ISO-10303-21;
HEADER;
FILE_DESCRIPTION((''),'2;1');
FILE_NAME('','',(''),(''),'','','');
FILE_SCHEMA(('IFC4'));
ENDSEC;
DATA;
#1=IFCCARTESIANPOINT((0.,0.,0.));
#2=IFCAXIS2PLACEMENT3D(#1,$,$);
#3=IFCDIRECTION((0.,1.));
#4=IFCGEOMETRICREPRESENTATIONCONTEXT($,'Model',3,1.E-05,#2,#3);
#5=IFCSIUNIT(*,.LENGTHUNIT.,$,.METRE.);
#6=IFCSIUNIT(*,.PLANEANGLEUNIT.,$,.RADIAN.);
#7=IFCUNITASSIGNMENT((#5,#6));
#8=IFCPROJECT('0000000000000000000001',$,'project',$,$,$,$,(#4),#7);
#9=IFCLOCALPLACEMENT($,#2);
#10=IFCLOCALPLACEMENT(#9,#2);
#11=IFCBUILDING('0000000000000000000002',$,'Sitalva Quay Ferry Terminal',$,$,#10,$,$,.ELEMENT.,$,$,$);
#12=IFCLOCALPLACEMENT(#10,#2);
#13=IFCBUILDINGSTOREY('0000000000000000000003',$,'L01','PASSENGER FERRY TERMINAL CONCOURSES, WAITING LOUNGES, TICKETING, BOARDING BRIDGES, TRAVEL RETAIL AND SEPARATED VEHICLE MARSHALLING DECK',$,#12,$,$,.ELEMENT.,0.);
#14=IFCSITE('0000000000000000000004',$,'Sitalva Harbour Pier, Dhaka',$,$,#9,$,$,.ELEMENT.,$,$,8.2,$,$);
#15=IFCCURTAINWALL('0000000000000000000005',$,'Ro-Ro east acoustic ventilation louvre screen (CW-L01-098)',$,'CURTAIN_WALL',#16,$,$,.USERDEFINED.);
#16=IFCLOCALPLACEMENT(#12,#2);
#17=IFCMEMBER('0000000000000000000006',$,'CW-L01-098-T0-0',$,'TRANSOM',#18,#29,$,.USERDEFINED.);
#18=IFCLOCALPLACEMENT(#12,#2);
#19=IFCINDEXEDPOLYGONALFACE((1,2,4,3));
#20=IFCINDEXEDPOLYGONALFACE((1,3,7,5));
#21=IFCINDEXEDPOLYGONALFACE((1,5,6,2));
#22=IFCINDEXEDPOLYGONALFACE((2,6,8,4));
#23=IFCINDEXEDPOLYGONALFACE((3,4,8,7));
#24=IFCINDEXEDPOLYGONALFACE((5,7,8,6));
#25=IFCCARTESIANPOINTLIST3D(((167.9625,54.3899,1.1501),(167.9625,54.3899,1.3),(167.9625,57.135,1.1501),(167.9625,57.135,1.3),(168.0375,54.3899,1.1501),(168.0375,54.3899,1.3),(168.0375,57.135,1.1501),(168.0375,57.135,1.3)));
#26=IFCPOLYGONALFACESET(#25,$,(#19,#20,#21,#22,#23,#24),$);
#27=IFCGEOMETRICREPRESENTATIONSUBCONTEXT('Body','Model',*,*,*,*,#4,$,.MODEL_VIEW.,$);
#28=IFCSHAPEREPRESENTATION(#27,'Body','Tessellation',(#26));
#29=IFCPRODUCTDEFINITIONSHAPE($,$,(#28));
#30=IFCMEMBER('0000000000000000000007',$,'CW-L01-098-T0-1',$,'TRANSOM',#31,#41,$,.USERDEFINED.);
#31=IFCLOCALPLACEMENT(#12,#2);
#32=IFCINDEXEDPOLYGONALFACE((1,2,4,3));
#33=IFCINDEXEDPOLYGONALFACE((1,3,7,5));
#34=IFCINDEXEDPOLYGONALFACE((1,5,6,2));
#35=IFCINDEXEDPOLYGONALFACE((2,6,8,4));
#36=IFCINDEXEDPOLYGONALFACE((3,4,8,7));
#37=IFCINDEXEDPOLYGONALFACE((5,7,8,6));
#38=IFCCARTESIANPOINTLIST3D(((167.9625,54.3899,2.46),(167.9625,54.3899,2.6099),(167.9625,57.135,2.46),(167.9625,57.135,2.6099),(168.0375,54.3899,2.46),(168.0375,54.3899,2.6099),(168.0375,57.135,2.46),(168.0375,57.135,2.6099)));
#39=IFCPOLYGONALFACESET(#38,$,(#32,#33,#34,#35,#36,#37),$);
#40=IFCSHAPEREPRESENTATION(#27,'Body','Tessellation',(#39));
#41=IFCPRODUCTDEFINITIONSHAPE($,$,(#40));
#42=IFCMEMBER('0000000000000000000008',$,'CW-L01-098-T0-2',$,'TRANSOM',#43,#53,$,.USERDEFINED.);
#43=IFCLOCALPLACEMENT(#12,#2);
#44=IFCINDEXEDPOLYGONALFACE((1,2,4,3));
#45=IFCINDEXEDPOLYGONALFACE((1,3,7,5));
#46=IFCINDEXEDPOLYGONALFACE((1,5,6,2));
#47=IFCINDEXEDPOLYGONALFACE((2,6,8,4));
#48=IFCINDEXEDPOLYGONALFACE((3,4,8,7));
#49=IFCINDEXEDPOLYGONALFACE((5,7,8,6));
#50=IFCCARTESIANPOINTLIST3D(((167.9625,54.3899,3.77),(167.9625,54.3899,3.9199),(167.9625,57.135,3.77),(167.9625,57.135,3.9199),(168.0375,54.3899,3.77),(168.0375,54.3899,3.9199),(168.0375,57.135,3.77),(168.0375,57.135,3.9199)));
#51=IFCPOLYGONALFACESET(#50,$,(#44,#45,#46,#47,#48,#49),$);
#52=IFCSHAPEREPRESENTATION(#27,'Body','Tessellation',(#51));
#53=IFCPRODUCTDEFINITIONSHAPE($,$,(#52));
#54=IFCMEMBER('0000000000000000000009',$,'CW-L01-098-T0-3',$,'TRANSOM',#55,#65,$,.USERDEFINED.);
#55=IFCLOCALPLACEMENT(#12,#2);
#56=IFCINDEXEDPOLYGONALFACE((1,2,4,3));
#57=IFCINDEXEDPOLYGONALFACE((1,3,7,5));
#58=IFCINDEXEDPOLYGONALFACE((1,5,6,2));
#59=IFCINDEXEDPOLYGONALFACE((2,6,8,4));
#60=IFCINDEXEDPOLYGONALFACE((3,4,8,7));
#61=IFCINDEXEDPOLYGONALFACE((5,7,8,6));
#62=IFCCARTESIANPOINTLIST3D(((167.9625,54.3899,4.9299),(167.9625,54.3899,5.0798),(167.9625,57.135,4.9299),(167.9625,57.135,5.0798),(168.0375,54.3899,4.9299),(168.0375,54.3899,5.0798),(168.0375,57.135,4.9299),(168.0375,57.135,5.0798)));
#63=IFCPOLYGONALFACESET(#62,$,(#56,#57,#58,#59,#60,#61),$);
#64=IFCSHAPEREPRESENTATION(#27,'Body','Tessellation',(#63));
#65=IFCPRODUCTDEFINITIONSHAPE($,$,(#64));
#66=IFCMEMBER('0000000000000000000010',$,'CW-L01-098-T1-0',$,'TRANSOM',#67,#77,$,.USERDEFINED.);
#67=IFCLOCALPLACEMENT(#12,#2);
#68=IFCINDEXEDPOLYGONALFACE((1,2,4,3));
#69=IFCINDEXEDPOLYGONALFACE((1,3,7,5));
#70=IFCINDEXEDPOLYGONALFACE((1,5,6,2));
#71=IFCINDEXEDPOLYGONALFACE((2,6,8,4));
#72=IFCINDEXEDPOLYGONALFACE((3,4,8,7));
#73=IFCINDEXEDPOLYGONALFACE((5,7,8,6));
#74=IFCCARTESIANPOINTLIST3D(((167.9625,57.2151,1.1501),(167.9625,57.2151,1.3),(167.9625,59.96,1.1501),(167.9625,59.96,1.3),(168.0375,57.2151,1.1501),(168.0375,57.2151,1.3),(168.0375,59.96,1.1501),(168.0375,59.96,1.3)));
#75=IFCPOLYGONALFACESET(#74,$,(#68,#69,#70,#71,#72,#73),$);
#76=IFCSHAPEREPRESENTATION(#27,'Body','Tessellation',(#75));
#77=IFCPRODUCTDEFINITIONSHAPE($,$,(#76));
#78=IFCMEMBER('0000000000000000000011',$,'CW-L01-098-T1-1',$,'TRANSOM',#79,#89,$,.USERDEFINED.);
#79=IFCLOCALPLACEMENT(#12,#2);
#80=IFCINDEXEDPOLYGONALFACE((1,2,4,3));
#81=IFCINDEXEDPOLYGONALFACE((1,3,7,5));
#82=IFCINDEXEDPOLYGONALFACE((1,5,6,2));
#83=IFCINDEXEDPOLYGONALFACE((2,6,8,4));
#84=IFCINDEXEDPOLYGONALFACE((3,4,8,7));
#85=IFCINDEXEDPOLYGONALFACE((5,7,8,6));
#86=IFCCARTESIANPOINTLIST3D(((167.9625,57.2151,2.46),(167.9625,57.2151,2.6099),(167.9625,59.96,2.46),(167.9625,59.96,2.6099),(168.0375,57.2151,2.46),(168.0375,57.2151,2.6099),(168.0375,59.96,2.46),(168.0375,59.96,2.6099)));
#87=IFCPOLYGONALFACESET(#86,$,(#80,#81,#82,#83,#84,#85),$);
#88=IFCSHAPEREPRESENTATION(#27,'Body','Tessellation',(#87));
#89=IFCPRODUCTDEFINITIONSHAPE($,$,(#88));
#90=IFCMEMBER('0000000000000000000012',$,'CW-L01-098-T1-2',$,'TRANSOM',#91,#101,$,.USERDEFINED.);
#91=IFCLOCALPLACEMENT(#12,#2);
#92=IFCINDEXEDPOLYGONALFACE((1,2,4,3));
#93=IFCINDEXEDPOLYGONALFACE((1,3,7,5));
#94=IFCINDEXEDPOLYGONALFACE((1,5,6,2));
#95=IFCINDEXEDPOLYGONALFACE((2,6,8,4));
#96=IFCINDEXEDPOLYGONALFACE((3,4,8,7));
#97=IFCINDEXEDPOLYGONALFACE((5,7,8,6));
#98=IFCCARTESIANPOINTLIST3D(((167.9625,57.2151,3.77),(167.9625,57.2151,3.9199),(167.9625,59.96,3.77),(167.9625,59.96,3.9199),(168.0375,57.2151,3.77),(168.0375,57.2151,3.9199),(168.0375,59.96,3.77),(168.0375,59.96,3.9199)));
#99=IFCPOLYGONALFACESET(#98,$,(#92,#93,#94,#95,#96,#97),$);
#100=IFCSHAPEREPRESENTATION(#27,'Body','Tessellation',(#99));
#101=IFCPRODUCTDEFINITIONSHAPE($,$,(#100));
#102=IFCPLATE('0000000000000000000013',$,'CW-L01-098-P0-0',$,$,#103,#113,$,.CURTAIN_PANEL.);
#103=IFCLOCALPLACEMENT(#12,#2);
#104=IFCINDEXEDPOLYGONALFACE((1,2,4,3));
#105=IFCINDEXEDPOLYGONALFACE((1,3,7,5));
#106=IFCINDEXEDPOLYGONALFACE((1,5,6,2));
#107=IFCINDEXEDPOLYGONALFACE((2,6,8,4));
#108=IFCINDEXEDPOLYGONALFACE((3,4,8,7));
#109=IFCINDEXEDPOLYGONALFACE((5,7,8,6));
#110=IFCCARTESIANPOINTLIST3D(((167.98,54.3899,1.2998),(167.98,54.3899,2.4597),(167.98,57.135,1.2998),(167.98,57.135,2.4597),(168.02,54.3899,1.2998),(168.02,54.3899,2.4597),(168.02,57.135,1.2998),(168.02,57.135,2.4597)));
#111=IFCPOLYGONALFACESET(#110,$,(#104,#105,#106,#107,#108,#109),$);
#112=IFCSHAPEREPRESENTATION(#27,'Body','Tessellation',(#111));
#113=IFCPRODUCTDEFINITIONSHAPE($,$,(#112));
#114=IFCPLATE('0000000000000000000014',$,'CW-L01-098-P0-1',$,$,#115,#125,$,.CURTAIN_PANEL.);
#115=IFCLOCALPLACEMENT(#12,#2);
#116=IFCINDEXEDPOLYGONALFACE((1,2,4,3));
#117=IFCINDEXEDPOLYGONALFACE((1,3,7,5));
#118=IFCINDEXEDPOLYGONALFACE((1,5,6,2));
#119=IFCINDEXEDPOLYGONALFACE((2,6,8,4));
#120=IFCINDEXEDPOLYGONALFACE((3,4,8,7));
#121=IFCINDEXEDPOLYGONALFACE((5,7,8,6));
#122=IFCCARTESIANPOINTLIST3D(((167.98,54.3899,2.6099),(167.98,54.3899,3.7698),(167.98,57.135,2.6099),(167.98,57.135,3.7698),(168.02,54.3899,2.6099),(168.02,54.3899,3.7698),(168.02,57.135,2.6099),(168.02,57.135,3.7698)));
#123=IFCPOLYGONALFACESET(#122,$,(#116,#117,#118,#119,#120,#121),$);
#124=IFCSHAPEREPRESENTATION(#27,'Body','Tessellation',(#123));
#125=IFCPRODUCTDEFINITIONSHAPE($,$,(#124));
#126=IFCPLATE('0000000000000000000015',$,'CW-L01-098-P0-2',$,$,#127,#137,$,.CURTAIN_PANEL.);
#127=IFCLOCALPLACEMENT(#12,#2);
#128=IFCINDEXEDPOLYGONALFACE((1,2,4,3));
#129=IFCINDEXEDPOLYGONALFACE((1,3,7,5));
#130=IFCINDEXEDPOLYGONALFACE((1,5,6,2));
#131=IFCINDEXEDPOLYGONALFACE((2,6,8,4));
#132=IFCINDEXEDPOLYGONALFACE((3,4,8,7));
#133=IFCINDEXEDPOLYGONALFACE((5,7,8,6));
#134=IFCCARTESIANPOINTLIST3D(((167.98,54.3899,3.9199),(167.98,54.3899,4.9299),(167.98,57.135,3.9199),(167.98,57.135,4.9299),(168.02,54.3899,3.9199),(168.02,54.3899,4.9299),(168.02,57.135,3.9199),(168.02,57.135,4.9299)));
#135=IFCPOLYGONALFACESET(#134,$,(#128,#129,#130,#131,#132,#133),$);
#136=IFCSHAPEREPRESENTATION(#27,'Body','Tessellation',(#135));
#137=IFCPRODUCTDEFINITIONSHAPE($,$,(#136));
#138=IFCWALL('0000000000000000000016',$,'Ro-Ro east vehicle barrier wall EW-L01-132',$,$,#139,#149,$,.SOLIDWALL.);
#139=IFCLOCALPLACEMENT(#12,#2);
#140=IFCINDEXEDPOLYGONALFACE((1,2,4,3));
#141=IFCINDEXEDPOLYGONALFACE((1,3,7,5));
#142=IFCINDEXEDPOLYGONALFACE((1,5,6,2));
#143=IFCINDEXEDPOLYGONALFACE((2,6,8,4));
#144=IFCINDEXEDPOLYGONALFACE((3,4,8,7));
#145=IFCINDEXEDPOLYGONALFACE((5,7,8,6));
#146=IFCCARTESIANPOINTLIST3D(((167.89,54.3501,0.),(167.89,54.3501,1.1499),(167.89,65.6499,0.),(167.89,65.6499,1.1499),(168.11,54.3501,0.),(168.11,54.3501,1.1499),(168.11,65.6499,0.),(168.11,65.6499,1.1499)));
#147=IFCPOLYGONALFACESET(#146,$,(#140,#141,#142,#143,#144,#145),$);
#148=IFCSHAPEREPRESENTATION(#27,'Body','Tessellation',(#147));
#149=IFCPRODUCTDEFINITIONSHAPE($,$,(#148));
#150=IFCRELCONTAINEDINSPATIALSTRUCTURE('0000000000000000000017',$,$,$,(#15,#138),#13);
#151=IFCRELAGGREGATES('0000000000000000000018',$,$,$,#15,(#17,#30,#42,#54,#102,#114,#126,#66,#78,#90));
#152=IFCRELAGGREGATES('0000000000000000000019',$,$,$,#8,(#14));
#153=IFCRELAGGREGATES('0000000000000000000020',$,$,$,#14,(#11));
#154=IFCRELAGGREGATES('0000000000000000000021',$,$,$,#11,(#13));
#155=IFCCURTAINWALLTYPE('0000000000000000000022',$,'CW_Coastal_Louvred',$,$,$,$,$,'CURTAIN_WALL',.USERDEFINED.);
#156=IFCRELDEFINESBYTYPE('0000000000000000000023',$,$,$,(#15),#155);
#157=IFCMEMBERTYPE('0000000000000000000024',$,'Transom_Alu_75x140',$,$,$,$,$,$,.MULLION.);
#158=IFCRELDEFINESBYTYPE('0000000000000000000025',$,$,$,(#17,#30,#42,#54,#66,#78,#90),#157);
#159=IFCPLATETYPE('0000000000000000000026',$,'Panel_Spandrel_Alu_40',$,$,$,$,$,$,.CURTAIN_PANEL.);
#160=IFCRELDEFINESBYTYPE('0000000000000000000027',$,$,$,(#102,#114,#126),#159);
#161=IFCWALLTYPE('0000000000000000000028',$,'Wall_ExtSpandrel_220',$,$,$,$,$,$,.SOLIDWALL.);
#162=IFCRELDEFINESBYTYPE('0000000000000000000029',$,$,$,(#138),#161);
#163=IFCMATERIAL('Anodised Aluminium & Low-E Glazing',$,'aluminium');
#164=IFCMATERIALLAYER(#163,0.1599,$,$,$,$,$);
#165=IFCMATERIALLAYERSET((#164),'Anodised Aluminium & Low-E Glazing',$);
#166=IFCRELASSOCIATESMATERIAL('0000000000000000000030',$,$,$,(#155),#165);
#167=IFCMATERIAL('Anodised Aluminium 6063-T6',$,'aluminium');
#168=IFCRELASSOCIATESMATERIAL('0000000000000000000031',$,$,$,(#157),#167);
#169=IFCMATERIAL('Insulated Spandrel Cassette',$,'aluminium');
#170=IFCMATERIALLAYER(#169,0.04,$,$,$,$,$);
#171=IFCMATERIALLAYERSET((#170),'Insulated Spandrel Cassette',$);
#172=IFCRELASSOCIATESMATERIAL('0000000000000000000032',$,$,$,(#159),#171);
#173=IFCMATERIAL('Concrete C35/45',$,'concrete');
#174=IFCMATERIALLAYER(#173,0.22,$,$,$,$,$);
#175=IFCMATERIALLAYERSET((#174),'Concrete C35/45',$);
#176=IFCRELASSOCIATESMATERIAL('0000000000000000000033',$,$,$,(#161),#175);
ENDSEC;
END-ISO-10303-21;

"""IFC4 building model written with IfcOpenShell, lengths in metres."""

from ifc_helpers import new_model, si_unit, direction, frame, frame_2d, origin, origin_2d, place, context, subcontext, project, spatial, rectangle, extrude, material, layer, layer_set, material_profile, profile_set, type_object, element, aggregate, save


model = new_model("IFC4")

# Units and contexts
model_context = context("Model", 3, precision=1e-05, world=origin(), true_north=direction((0.0, 1.0)))
body_context = subcontext(model_context, "Body", "Model", "MODEL_VIEW")
ifc_project = project(units=[si_unit("LENGTHUNIT", "METRE"), si_unit("PLANEANGLEUNIT", "RADIAN")], contexts=[model_context])

# Site, building, storey
site_placement = place(None, origin())
site = spatial("IfcSite", under=ifc_project, at=site_placement, Name="Sitalva Harbour Pier, Dhaka", CompositionType="ELEMENT", RefElevation=8.2)
building_placement = place(site_placement, origin())
building = spatial("IfcBuilding", under=site, at=building_placement, Name="Sitalva Quay Ferry Terminal", CompositionType="ELEMENT")
storey_placement = place(building_placement, origin())
storey = spatial("IfcBuildingStorey", under=building, at=storey_placement, Name="L01", Description="PASSENGER FERRY TERMINAL CONCOURSES, WAITING LOUNGES, TICKETING, BOARDING BRIDGES, TRAVEL RETAIL AND SEPARATED VEHICLE MARSHALLING DECK", CompositionType="ELEMENT", Elevation=0.0)

# Curtain wall
ifc_material_1 = material(Name="Anodised Aluminium & Low-E Glazing", Category="aluminium")
ifc_layer_1 = layer(ifc_material_1, 0.1599)
ifc_layer_set_1 = layer_set([ifc_layer_1], Name="Anodised Aluminium & Low-E Glazing")
curtain_wall_type = type_object("IfcCurtainWallType", Name="CW_Coastal_Louvred", ElementType="CURTAIN_WALL", PredefinedType="USERDEFINED", material=ifc_layer_set_1)
curtain_wall_placement = place(storey_placement, origin())
curtain_wall = element("IfcCurtainWall", 1, at=curtain_wall_placement, inside=storey, type_object=curtain_wall_type, Name="Ro-Ro east acoustic ventilation louvre screen (CW-L01-098)", ObjectType="CURTAIN_WALL", PredefinedType="USERDEFINED")

# Members
ifc_material_2 = material(Name="Anodised Aluminium 6063-T6", Category="aluminium")
ifc_material_profile_1 = material_profile(ifc_material_2, rectangle(XDim=0.075, YDim=0.1499, at=origin_2d()), Name="ALU75x150")
ifc_profile_set_1 = profile_set([ifc_material_profile_1], Name="Anodised Aluminium 6063-T6")
member_type_1 = type_object("IfcMemberType", Name="Transom_Alu_75x140", PredefinedType="MULLION", material=ifc_profile_set_1)
member_1_placement = place(storey_placement, frame((168.0, 54.3899, 1.2251), z_axis=(0.0, 1.0, 0.0), x_axis=(-1.0, 0.0, 0.0)))
member_1 = element("IfcMember", 2, at=member_1_placement, type_object=member_type_1, Name="CW-L01-098-T0-0", ObjectType="TRANSOM", PredefinedType="USERDEFINED", context=body_context, shape_type="SweptSolid", body=[
    extrude(rectangle(XDim=0.075, YDim=0.1499, at=origin_2d()), origin(), (0.0, 0.0, 1.0), 2.7451),
])
member_2_placement = place(storey_placement, frame((168.0, 54.3899, 2.5349), z_axis=(0.0, 1.0, 0.0), x_axis=(-1.0, 0.0, 0.0)))
member_2 = element("IfcMember", 3, at=member_2_placement, type_object=member_type_1, Name="CW-L01-098-T0-1", ObjectType="TRANSOM", PredefinedType="USERDEFINED", context=body_context, shape_type="SweptSolid", body=[
    extrude(rectangle(XDim=0.075, YDim=0.1499, at=origin_2d()), origin(), (0.0, 0.0, 1.0), 2.7451),
])
member_3_placement = place(storey_placement, frame((168.0, 54.3899, 3.845), z_axis=(0.0, 1.0, 0.0), x_axis=(-1.0, 0.0, 0.0)))
member_3 = element("IfcMember", 4, at=member_3_placement, type_object=member_type_1, Name="CW-L01-098-T0-2", ObjectType="TRANSOM", PredefinedType="USERDEFINED", context=body_context, shape_type="SweptSolid", body=[
    extrude(rectangle(XDim=0.075, YDim=0.1499, at=origin_2d()), origin(), (0.0, 0.0, 1.0), 2.7451),
])
member_4_placement = place(storey_placement, frame((168.0, 54.3899, 5.0049), z_axis=(0.0, 1.0, 0.0), x_axis=(-1.0, 0.0, 0.0)))
member_4 = element("IfcMember", 5, at=member_4_placement, type_object=member_type_1, Name="CW-L01-098-T0-3", ObjectType="TRANSOM", PredefinedType="USERDEFINED", context=body_context, shape_type="SweptSolid", body=[
    extrude(rectangle(XDim=0.075, YDim=0.1499, at=origin_2d()), origin(), (0.0, 0.0, 1.0), 2.7451),
])
member_5_placement = place(storey_placement, frame((168.0, 57.2151, 1.2251), z_axis=(0.0, 1.0, 0.0), x_axis=(-1.0, 0.0, 0.0)))
member_5 = element("IfcMember", 6, at=member_5_placement, type_object=member_type_1, Name="CW-L01-098-T1-0", ObjectType="TRANSOM", PredefinedType="USERDEFINED", context=body_context, shape_type="SweptSolid", body=[
    extrude(rectangle(XDim=0.075, YDim=0.1499, at=origin_2d()), origin(), (0.0, 0.0, 1.0), 2.7449),
])
member_6_placement = place(storey_placement, frame((168.0, 57.2151, 2.5349), z_axis=(0.0, 1.0, 0.0), x_axis=(-1.0, 0.0, 0.0)))
member_6 = element("IfcMember", 7, at=member_6_placement, type_object=member_type_1, Name="CW-L01-098-T1-1", ObjectType="TRANSOM", PredefinedType="USERDEFINED", context=body_context, shape_type="SweptSolid", body=[
    extrude(rectangle(XDim=0.075, YDim=0.1499, at=origin_2d()), origin(), (0.0, 0.0, 1.0), 2.7449),
])
member_7_placement = place(storey_placement, frame((168.0, 57.2151, 3.845), z_axis=(0.0, 1.0, 0.0), x_axis=(-1.0, 0.0, 0.0)))
member_7 = element("IfcMember", 8, at=member_7_placement, type_object=member_type_1, Name="CW-L01-098-T1-2", ObjectType="TRANSOM", PredefinedType="USERDEFINED", context=body_context, shape_type="SweptSolid", body=[
    extrude(rectangle(XDim=0.075, YDim=0.1499, at=origin_2d()), origin(), (0.0, 0.0, 1.0), 2.7449),
])

# Plates
ifc_material_3 = material(Name="Insulated Spandrel Cassette", Category="aluminium")
ifc_layer_2 = layer(ifc_material_3, 0.04)
ifc_layer_set_2 = layer_set([ifc_layer_2], Name="Insulated Spandrel Cassette")
plate_type = type_object("IfcPlateType", Name="Panel_Spandrel_Alu_40", PredefinedType="CURTAIN_PANEL", material=ifc_layer_set_2)
plate_1_placement = place(storey_placement, frame((168.0, 55.7625, 1.2998), z_axis=(0.0, 0.0, 1.0), x_axis=(0.0, 1.0, 0.0)))
plate_1 = element("IfcPlate", 9, at=plate_1_placement, type_object=plate_type, Name="CW-L01-098-P0-0", PredefinedType="CURTAIN_PANEL", context=body_context, shape_type="SweptSolid", body=[
    extrude(rectangle(XDim=2.7451, YDim=0.04, at=origin_2d()), origin(), (0.0, 0.0, 1.0), 1.1599),
])
plate_2_placement = place(storey_placement, frame((168.0, 55.7625, 2.6099), z_axis=(0.0, 0.0, 1.0), x_axis=(0.0, 1.0, 0.0)))
plate_2 = element("IfcPlate", 10, at=plate_2_placement, type_object=plate_type, Name="CW-L01-098-P0-1", PredefinedType="CURTAIN_PANEL", context=body_context, shape_type="SweptSolid", body=[
    extrude(rectangle(XDim=2.7451, YDim=0.04, at=origin_2d()), origin(), (0.0, 0.0, 1.0), 1.1599),
])
plate_3_placement = place(storey_placement, frame((168.0, 55.7625, 3.9199), z_axis=(0.0, 0.0, 1.0), x_axis=(0.0, 1.0, 0.0)))
plate_3 = element("IfcPlate", 11, at=plate_3_placement, type_object=plate_type, Name="CW-L01-098-P0-2", PredefinedType="CURTAIN_PANEL", context=body_context, shape_type="SweptSolid", body=[
    extrude(rectangle(XDim=2.7451, YDim=0.04, at=origin_2d()), origin(), (0.0, 0.0, 1.0), 1.01),
])
aggregate(curtain_wall, [member_1, member_2, member_3, member_4, plate_1, plate_2, plate_3, member_5, member_6, member_7])

# Wall
ifc_material_4 = material(Name="Concrete C35/45", Category="concrete")
ifc_layer_3 = layer(ifc_material_4, 0.22)
ifc_layer_set_3 = layer_set([ifc_layer_3], Name="Concrete C35/45")
wall_type = type_object("IfcWallType", Name="Wall_ExtSpandrel_220", PredefinedType="SOLIDWALL", material=ifc_layer_set_3)
wall_placement = place(storey_placement, frame((168.0, 54.3501, 0.0), z_axis=(0.0, 0.0, 1.0), x_axis=(0.0, 1.0, 0.0)))
element("IfcWall", 12, at=wall_placement, inside=storey, type_object=wall_type, Name="Ro-Ro east vehicle barrier wall EW-L01-132", PredefinedType="SOLIDWALL", context=body_context, shape_type="SweptSolid", body=[
    extrude(rectangle(XDim=11.2998, YDim=0.22, at=frame_2d((5.6499, 0.0))), origin(), (0.0, 0.0, 1.0), 1.1499),
])

save(model, "model.ifc")
